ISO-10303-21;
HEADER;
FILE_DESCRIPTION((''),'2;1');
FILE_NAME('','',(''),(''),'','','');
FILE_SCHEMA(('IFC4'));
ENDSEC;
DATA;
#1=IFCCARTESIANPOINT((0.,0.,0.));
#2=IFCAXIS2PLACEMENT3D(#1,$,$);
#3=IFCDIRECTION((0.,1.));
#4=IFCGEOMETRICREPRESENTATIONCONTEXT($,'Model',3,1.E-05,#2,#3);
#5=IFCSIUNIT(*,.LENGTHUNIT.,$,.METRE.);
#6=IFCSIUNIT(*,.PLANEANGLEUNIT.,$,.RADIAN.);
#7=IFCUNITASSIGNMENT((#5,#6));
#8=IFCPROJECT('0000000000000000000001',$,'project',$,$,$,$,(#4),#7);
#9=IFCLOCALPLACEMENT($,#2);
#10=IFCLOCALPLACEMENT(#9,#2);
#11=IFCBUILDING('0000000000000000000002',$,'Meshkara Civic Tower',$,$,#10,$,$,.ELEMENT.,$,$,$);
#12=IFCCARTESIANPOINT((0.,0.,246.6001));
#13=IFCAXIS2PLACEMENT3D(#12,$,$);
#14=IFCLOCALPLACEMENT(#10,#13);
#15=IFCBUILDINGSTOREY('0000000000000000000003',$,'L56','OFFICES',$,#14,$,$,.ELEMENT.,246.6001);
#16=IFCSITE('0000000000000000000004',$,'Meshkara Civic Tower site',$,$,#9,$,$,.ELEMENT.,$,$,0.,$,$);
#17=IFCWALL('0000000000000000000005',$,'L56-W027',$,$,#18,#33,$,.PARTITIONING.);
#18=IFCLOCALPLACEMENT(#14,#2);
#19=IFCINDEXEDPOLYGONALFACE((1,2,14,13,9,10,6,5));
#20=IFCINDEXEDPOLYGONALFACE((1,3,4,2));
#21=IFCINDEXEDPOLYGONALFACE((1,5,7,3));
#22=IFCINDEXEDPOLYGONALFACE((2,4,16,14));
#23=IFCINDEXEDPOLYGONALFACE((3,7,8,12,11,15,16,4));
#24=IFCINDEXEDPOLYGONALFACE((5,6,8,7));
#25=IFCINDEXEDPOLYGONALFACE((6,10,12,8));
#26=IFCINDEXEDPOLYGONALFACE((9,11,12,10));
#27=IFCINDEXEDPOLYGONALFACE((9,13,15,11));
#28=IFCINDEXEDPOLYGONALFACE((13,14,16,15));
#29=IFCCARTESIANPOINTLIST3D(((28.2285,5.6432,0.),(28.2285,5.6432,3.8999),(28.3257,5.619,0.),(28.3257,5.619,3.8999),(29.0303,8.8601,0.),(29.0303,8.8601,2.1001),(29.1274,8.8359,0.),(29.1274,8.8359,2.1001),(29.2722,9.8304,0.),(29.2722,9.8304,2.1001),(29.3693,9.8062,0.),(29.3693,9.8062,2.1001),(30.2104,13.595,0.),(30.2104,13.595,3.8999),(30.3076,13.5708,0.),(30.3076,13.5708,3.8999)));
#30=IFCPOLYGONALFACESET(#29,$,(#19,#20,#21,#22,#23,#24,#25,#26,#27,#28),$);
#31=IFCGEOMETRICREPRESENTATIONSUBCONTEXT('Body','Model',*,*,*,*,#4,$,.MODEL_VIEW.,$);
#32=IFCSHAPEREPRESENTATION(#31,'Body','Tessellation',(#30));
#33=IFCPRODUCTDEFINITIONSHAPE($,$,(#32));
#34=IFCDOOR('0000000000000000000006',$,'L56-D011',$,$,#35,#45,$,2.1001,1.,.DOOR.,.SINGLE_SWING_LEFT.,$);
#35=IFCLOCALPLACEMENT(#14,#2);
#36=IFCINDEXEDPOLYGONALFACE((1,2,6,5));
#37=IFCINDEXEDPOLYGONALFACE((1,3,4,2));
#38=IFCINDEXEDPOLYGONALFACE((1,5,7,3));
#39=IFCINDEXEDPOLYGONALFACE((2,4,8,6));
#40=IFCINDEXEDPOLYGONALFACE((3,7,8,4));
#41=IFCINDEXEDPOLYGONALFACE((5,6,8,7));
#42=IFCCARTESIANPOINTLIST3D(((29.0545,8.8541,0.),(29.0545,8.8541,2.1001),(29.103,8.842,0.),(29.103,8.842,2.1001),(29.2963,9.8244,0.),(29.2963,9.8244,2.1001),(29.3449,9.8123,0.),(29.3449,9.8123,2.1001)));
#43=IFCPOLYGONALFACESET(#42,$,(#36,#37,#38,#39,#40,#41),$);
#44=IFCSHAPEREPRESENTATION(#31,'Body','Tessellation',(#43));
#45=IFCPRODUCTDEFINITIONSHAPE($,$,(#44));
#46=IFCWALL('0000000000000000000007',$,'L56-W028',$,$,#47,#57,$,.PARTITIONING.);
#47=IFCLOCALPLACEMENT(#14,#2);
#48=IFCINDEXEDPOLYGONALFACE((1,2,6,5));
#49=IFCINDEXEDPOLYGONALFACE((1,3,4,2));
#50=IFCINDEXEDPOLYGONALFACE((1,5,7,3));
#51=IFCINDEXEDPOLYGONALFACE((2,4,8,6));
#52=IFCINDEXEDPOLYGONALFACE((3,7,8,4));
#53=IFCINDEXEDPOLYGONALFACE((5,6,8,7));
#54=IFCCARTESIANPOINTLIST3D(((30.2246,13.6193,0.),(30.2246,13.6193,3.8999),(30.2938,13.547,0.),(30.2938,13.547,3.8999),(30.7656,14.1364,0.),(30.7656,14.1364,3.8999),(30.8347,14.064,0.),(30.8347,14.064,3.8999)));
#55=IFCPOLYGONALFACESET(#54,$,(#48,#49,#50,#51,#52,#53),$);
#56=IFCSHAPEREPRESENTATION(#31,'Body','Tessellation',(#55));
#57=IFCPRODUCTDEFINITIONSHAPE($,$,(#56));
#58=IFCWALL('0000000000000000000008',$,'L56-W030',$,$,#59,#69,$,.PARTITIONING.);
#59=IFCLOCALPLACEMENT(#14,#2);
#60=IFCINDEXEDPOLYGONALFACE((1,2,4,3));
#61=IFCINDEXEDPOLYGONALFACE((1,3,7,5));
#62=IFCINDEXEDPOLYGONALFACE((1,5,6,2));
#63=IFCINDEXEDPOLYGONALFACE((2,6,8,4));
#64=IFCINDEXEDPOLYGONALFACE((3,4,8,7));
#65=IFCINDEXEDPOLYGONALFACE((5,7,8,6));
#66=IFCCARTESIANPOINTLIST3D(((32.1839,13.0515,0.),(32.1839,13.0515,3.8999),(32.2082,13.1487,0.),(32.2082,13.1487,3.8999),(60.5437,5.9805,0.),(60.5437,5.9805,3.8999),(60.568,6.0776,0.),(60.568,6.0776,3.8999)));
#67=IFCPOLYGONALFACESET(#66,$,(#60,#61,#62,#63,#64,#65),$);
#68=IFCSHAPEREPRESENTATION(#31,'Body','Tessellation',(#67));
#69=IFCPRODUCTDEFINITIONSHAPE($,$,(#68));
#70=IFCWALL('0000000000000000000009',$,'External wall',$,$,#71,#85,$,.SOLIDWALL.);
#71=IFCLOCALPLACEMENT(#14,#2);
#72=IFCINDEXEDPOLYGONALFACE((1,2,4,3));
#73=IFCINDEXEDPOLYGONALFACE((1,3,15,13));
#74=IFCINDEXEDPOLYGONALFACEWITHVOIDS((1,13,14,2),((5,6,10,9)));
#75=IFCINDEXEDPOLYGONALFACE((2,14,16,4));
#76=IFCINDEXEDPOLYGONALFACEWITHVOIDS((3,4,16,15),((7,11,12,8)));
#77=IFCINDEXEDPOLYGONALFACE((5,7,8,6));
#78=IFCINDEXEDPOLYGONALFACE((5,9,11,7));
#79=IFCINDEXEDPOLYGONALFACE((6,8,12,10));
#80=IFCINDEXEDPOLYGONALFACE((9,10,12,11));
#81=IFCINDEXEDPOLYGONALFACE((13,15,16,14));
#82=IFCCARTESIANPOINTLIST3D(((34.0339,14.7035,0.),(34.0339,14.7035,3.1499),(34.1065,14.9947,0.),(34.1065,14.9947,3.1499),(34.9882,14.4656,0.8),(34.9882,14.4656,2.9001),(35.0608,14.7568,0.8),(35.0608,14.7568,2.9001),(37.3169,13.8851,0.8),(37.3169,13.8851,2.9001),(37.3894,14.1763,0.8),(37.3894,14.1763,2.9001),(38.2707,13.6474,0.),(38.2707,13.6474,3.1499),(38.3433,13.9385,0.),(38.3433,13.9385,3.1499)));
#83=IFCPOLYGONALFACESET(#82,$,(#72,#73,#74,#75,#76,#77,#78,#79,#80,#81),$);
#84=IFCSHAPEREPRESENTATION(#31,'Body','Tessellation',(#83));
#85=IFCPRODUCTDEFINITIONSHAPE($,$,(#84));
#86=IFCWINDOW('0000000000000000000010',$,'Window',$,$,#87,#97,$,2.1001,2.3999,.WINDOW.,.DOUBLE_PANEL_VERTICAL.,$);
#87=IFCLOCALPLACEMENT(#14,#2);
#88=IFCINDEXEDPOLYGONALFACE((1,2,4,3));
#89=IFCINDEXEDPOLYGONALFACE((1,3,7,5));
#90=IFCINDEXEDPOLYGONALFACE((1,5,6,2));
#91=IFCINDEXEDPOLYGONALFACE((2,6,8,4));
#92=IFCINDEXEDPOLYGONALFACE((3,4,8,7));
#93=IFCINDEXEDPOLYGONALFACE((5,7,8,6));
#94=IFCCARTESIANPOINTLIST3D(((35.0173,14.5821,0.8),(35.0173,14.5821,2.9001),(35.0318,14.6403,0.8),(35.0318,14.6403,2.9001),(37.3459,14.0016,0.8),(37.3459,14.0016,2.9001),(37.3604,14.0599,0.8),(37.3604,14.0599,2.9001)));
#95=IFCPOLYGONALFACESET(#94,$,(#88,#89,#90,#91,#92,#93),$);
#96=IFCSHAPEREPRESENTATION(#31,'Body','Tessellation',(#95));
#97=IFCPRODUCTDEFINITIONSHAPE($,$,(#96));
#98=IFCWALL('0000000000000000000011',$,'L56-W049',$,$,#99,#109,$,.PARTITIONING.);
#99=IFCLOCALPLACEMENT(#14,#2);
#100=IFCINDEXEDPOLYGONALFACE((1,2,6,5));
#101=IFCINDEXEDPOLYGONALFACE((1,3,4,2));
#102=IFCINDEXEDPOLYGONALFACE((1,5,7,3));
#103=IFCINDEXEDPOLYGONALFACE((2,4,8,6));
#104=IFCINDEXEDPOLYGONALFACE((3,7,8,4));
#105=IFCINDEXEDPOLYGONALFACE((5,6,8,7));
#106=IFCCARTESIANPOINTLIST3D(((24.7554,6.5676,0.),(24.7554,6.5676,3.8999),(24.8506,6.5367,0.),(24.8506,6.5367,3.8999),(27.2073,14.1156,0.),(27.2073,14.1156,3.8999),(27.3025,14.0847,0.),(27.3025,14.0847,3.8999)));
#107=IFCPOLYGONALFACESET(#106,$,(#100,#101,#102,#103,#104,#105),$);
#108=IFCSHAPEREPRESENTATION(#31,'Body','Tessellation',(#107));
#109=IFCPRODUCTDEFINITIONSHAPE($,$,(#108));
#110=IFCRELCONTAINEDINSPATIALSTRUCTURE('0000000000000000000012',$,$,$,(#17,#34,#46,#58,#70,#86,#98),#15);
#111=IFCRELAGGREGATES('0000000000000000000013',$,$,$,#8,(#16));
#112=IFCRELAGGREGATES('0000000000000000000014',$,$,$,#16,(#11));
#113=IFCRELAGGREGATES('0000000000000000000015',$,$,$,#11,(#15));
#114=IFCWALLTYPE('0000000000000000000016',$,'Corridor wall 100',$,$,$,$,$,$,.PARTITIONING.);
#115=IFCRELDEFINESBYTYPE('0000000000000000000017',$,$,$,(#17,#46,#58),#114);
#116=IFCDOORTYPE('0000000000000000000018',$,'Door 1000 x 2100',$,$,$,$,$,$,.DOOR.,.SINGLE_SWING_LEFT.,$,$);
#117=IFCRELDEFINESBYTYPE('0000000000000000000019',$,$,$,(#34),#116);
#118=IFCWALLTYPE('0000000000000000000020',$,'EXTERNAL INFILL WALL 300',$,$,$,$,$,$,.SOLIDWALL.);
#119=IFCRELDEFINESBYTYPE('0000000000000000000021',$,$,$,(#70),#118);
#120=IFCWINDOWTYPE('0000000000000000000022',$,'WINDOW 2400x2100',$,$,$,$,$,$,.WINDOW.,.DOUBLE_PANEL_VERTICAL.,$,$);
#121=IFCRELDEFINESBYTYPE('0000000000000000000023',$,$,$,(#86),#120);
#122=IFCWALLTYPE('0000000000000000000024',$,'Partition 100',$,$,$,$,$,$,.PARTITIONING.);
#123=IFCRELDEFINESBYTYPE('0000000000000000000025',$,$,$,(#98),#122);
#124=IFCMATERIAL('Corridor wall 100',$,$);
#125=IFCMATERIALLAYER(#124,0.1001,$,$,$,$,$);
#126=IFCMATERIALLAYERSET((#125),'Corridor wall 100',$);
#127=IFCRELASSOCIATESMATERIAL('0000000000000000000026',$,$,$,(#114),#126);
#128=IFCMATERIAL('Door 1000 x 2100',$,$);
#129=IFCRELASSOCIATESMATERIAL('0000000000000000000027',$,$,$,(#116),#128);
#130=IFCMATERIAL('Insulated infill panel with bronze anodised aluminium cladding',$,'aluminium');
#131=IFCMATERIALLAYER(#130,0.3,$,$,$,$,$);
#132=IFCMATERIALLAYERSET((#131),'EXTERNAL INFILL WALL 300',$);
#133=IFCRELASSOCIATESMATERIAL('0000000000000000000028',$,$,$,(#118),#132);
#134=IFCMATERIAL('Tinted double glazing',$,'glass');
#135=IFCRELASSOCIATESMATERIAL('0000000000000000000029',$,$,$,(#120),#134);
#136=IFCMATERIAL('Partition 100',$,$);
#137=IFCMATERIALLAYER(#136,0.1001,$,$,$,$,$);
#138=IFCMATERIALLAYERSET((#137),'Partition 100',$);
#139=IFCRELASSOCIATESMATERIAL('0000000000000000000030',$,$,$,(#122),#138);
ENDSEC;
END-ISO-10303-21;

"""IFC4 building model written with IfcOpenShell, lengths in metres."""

from ifc_helpers import new_model, si_unit, direction, frame, frame_2d, origin, place, context, subcontext, project, spatial, rectangle, extrude, material, layer, layer_set, type_object, element, fill, save


model = new_model("IFC4")

# Units and contexts
model_context = context("Model", 3, precision=1e-05, world=origin(), true_north=direction((0.0, 1.0)))
body_context = subcontext(model_context, "Body", "Model", "MODEL_VIEW")
ifc_project = project(units=[si_unit("LENGTHUNIT", "METRE"), si_unit("PLANEANGLEUNIT", "RADIAN")], contexts=[model_context])

# Site, building, storey
site_placement = place(None, origin())
site = spatial("IfcSite", under=ifc_project, at=site_placement, Name="Meshkara Civic Tower site", CompositionType="ELEMENT", RefElevation=0.0)
building_placement = place(site_placement, origin())
building = spatial("IfcBuilding", under=site, at=building_placement, Name="Meshkara Civic Tower", CompositionType="ELEMENT")
storey_placement = place(building_placement, frame((0.0, 0.0, 246.6001)))
storey = spatial("IfcBuildingStorey", under=building, at=storey_placement, Name="L56", Description="OFFICES", CompositionType="ELEMENT", Elevation=246.6001)

# Wall, opening, door
ifc_material_1 = material(Name="Corridor wall 100")
ifc_layer_1 = layer(ifc_material_1, 0.1001)
ifc_layer_set_1 = layer_set([ifc_layer_1], Name="Corridor wall 100")
wall_type_1 = type_object("IfcWallType", Name="Corridor wall 100", PredefinedType="PARTITIONING", material=ifc_layer_set_1)
ifc_material_2 = material(Name="Door 1000 x 2100")
door_type_1 = type_object("IfcDoorType", Name="Door 1000 x 2100", OperationType="SINGLE_SWING_LEFT", PredefinedType="DOOR", material=ifc_material_2)
wall_1_placement = place(storey_placement, frame((30.259, 13.583, 0.0), z_axis=(0.0, 0.0, 1.0), x_axis=(-0.241842, -0.970316, 0.0)))
wall_1 = element("IfcWall", 1, at=wall_1_placement, inside=storey, type_object=wall_type_1, Name="L56-W027", PredefinedType="PARTITIONING", context=body_context, shape_type="SweptSolid", body=[
    extrude(rectangle(XDim=8.1951, YDim=0.1001, at=frame_2d((4.0977, 0.0))), origin(), (0.0, 0.0, 1.0), 3.8999),
])
opening_1_placement = place(wall_1_placement, frame((3.8799, 0.0, 0.0)))
opening_1 = element("IfcOpeningElement", 2, at=opening_1_placement, cuts=wall_1, PredefinedType="OPENING", context=body_context, shape_type="SweptSolid", body=[
    extrude(rectangle(XDim=1.0, YDim=2.1001, at=frame_2d((0.5, 1.05))), frame((0.0, 0.0601, 0.0), z_axis=(0.0, -1.0, 0.0), x_axis=(1.0, 0.0, 0.0)), (0.0, 0.0, 1.0), 0.1201),
])
door_1_placement = place(opening_1_placement, origin())
door_1 = element("IfcDoor", 3, at=door_1_placement, inside=storey, type_object=door_type_1, Name="L56-D011", OperationType="SINGLE_SWING_LEFT", OverallHeight=2.1001, OverallWidth=1.0, PredefinedType="DOOR", context=body_context, shape_type="SweptSolid", body=[
    extrude(rectangle(XDim=1.0, YDim=2.1001, at=frame_2d((0.5, 1.05))), frame((0.0, 0.0249, 0.0), z_axis=(0.0, -1.0, 0.0), x_axis=(1.0, 0.0, 0.0)), (0.0, 0.0, 1.0), 0.05),
])
fill(opening_1, door_1)

# Walls
wall_2_placement = place(storey_placement, frame((30.8, 14.1001, 0.0), z_axis=(0.0, 0.0, 1.0), x_axis=(-0.722911, -0.690941, 0.0)))
element("IfcWall", 4, at=wall_2_placement, inside=storey, type_object=wall_type_1, Name="L56-W028", PredefinedType="PARTITIONING", context=body_context, shape_type="SweptSolid", body=[
    extrude(rectangle(XDim=0.7483, YDim=0.1001, at=frame_2d((0.374, 0.0))), origin(), (0.0, 0.0, 1.0), 3.8999),
])
wall_3_placement = place(storey_placement, frame((32.196, 13.1001, 0.0), z_axis=(0.0, 0.0, 1.0), x_axis=(0.970295, -0.241926, 0.0)))
element("IfcWall", 5, at=wall_3_placement, inside=storey, type_object=wall_type_1, Name="L56-W030", PredefinedType="PARTITIONING", context=body_context, shape_type="SweptSolid", body=[
    extrude(rectangle(XDim=29.228, YDim=0.1001, at=frame_2d((14.614, 0.0))), origin(), (0.0, 0.0, 1.0), 3.8999),
])

# Wall, opening, window
ifc_material_3 = material(Name="Insulated infill panel with bronze anodised aluminium cladding", Category="aluminium")
ifc_layer_2 = layer(ifc_material_3, 0.3)
ifc_layer_set_2 = layer_set([ifc_layer_2], Name="EXTERNAL INFILL WALL 300")
wall_type_2 = type_object("IfcWallType", Name="EXTERNAL INFILL WALL 300", PredefinedType="SOLIDWALL", material=ifc_layer_set_2)
wall_4_placement = place(storey_placement, frame((38.3069, 13.793, 0.0), z_axis=(0.0, 0.0, 1.0), x_axis=(-0.970307, 0.241878, 0.0)))
wall_4 = element("IfcWall", 6, at=wall_4_placement, inside=storey, type_object=wall_type_2, Name="External wall", PredefinedType="SOLIDWALL", context=body_context, shape_type="SweptSolid", body=[
    extrude(rectangle(XDim=4.3665, YDim=0.3, at=frame_2d((2.1831, 0.0))), origin(), (0.0, 0.0, 1.0), 3.1499),
])
opening_2_placement = place(wall_4_placement, frame((0.9829, 0.0, 0.8)))
opening_2 = element("IfcOpeningElement", 7, at=opening_2_placement, cuts=wall_4, PredefinedType="OPENING", context=body_context, shape_type="SweptSolid", body=[
    extrude(rectangle(XDim=2.3999, YDim=2.1001, at=frame_2d((1.2, 1.05))), frame((0.0, 0.1599, 0.0), z_axis=(0.0, -1.0, 0.0), x_axis=(1.0, 0.0, 0.0)), (0.0, 0.0, 1.0), 0.3201),
])
ifc_material_4 = material(Name="Tinted double glazing", Category="glass")
window_type = type_object("IfcWindowType", Name="WINDOW 2400x2100", PartitioningType="DOUBLE_PANEL_VERTICAL", PredefinedType="WINDOW", material=ifc_material_4)
window_placement = place(opening_2_placement, origin())
window = element("IfcWindow", 8, at=window_placement, inside=storey, type_object=window_type, Name="Window", OverallHeight=2.1001, OverallWidth=2.3999, PartitioningType="DOUBLE_PANEL_VERTICAL", PredefinedType="WINDOW", context=body_context, shape_type="SweptSolid", body=[
    extrude(rectangle(XDim=2.3999, YDim=2.1001, at=frame_2d((1.2, 1.05))), frame((0.0, 0.03, 0.0), z_axis=(0.0, -1.0, 0.0), x_axis=(1.0, 0.0, 0.0)), (0.0, 0.0, 1.0), 0.0601),
])
fill(opening_2, window)

# Wall
ifc_material_5 = material(Name="Partition 100")
ifc_layer_3 = layer(ifc_material_5, 0.1001)
ifc_layer_set_3 = layer_set([ifc_layer_3], Name="Partition 100")
wall_type_3 = type_object("IfcWallType", Name="Partition 100", PredefinedType="PARTITIONING", material=ifc_layer_set_3)
wall_5_placement = place(storey_placement, frame((24.803, 6.552, 0.0), z_axis=(0.0, 0.0, 1.0), x_axis=(0.308946, 0.951079, 0.0)))
element("IfcWall", 9, at=wall_5_placement, inside=storey, type_object=wall_type_3, Name="L56-W049", PredefinedType="PARTITIONING", context=body_context, shape_type="SweptSolid", body=[
    extrude(rectangle(XDim=7.9363, YDim=0.1001, at=frame_2d((3.9683, 0.0))), origin(), (0.0, 0.0, 1.0), 3.8999),
])

save(model, "model.ifc")
